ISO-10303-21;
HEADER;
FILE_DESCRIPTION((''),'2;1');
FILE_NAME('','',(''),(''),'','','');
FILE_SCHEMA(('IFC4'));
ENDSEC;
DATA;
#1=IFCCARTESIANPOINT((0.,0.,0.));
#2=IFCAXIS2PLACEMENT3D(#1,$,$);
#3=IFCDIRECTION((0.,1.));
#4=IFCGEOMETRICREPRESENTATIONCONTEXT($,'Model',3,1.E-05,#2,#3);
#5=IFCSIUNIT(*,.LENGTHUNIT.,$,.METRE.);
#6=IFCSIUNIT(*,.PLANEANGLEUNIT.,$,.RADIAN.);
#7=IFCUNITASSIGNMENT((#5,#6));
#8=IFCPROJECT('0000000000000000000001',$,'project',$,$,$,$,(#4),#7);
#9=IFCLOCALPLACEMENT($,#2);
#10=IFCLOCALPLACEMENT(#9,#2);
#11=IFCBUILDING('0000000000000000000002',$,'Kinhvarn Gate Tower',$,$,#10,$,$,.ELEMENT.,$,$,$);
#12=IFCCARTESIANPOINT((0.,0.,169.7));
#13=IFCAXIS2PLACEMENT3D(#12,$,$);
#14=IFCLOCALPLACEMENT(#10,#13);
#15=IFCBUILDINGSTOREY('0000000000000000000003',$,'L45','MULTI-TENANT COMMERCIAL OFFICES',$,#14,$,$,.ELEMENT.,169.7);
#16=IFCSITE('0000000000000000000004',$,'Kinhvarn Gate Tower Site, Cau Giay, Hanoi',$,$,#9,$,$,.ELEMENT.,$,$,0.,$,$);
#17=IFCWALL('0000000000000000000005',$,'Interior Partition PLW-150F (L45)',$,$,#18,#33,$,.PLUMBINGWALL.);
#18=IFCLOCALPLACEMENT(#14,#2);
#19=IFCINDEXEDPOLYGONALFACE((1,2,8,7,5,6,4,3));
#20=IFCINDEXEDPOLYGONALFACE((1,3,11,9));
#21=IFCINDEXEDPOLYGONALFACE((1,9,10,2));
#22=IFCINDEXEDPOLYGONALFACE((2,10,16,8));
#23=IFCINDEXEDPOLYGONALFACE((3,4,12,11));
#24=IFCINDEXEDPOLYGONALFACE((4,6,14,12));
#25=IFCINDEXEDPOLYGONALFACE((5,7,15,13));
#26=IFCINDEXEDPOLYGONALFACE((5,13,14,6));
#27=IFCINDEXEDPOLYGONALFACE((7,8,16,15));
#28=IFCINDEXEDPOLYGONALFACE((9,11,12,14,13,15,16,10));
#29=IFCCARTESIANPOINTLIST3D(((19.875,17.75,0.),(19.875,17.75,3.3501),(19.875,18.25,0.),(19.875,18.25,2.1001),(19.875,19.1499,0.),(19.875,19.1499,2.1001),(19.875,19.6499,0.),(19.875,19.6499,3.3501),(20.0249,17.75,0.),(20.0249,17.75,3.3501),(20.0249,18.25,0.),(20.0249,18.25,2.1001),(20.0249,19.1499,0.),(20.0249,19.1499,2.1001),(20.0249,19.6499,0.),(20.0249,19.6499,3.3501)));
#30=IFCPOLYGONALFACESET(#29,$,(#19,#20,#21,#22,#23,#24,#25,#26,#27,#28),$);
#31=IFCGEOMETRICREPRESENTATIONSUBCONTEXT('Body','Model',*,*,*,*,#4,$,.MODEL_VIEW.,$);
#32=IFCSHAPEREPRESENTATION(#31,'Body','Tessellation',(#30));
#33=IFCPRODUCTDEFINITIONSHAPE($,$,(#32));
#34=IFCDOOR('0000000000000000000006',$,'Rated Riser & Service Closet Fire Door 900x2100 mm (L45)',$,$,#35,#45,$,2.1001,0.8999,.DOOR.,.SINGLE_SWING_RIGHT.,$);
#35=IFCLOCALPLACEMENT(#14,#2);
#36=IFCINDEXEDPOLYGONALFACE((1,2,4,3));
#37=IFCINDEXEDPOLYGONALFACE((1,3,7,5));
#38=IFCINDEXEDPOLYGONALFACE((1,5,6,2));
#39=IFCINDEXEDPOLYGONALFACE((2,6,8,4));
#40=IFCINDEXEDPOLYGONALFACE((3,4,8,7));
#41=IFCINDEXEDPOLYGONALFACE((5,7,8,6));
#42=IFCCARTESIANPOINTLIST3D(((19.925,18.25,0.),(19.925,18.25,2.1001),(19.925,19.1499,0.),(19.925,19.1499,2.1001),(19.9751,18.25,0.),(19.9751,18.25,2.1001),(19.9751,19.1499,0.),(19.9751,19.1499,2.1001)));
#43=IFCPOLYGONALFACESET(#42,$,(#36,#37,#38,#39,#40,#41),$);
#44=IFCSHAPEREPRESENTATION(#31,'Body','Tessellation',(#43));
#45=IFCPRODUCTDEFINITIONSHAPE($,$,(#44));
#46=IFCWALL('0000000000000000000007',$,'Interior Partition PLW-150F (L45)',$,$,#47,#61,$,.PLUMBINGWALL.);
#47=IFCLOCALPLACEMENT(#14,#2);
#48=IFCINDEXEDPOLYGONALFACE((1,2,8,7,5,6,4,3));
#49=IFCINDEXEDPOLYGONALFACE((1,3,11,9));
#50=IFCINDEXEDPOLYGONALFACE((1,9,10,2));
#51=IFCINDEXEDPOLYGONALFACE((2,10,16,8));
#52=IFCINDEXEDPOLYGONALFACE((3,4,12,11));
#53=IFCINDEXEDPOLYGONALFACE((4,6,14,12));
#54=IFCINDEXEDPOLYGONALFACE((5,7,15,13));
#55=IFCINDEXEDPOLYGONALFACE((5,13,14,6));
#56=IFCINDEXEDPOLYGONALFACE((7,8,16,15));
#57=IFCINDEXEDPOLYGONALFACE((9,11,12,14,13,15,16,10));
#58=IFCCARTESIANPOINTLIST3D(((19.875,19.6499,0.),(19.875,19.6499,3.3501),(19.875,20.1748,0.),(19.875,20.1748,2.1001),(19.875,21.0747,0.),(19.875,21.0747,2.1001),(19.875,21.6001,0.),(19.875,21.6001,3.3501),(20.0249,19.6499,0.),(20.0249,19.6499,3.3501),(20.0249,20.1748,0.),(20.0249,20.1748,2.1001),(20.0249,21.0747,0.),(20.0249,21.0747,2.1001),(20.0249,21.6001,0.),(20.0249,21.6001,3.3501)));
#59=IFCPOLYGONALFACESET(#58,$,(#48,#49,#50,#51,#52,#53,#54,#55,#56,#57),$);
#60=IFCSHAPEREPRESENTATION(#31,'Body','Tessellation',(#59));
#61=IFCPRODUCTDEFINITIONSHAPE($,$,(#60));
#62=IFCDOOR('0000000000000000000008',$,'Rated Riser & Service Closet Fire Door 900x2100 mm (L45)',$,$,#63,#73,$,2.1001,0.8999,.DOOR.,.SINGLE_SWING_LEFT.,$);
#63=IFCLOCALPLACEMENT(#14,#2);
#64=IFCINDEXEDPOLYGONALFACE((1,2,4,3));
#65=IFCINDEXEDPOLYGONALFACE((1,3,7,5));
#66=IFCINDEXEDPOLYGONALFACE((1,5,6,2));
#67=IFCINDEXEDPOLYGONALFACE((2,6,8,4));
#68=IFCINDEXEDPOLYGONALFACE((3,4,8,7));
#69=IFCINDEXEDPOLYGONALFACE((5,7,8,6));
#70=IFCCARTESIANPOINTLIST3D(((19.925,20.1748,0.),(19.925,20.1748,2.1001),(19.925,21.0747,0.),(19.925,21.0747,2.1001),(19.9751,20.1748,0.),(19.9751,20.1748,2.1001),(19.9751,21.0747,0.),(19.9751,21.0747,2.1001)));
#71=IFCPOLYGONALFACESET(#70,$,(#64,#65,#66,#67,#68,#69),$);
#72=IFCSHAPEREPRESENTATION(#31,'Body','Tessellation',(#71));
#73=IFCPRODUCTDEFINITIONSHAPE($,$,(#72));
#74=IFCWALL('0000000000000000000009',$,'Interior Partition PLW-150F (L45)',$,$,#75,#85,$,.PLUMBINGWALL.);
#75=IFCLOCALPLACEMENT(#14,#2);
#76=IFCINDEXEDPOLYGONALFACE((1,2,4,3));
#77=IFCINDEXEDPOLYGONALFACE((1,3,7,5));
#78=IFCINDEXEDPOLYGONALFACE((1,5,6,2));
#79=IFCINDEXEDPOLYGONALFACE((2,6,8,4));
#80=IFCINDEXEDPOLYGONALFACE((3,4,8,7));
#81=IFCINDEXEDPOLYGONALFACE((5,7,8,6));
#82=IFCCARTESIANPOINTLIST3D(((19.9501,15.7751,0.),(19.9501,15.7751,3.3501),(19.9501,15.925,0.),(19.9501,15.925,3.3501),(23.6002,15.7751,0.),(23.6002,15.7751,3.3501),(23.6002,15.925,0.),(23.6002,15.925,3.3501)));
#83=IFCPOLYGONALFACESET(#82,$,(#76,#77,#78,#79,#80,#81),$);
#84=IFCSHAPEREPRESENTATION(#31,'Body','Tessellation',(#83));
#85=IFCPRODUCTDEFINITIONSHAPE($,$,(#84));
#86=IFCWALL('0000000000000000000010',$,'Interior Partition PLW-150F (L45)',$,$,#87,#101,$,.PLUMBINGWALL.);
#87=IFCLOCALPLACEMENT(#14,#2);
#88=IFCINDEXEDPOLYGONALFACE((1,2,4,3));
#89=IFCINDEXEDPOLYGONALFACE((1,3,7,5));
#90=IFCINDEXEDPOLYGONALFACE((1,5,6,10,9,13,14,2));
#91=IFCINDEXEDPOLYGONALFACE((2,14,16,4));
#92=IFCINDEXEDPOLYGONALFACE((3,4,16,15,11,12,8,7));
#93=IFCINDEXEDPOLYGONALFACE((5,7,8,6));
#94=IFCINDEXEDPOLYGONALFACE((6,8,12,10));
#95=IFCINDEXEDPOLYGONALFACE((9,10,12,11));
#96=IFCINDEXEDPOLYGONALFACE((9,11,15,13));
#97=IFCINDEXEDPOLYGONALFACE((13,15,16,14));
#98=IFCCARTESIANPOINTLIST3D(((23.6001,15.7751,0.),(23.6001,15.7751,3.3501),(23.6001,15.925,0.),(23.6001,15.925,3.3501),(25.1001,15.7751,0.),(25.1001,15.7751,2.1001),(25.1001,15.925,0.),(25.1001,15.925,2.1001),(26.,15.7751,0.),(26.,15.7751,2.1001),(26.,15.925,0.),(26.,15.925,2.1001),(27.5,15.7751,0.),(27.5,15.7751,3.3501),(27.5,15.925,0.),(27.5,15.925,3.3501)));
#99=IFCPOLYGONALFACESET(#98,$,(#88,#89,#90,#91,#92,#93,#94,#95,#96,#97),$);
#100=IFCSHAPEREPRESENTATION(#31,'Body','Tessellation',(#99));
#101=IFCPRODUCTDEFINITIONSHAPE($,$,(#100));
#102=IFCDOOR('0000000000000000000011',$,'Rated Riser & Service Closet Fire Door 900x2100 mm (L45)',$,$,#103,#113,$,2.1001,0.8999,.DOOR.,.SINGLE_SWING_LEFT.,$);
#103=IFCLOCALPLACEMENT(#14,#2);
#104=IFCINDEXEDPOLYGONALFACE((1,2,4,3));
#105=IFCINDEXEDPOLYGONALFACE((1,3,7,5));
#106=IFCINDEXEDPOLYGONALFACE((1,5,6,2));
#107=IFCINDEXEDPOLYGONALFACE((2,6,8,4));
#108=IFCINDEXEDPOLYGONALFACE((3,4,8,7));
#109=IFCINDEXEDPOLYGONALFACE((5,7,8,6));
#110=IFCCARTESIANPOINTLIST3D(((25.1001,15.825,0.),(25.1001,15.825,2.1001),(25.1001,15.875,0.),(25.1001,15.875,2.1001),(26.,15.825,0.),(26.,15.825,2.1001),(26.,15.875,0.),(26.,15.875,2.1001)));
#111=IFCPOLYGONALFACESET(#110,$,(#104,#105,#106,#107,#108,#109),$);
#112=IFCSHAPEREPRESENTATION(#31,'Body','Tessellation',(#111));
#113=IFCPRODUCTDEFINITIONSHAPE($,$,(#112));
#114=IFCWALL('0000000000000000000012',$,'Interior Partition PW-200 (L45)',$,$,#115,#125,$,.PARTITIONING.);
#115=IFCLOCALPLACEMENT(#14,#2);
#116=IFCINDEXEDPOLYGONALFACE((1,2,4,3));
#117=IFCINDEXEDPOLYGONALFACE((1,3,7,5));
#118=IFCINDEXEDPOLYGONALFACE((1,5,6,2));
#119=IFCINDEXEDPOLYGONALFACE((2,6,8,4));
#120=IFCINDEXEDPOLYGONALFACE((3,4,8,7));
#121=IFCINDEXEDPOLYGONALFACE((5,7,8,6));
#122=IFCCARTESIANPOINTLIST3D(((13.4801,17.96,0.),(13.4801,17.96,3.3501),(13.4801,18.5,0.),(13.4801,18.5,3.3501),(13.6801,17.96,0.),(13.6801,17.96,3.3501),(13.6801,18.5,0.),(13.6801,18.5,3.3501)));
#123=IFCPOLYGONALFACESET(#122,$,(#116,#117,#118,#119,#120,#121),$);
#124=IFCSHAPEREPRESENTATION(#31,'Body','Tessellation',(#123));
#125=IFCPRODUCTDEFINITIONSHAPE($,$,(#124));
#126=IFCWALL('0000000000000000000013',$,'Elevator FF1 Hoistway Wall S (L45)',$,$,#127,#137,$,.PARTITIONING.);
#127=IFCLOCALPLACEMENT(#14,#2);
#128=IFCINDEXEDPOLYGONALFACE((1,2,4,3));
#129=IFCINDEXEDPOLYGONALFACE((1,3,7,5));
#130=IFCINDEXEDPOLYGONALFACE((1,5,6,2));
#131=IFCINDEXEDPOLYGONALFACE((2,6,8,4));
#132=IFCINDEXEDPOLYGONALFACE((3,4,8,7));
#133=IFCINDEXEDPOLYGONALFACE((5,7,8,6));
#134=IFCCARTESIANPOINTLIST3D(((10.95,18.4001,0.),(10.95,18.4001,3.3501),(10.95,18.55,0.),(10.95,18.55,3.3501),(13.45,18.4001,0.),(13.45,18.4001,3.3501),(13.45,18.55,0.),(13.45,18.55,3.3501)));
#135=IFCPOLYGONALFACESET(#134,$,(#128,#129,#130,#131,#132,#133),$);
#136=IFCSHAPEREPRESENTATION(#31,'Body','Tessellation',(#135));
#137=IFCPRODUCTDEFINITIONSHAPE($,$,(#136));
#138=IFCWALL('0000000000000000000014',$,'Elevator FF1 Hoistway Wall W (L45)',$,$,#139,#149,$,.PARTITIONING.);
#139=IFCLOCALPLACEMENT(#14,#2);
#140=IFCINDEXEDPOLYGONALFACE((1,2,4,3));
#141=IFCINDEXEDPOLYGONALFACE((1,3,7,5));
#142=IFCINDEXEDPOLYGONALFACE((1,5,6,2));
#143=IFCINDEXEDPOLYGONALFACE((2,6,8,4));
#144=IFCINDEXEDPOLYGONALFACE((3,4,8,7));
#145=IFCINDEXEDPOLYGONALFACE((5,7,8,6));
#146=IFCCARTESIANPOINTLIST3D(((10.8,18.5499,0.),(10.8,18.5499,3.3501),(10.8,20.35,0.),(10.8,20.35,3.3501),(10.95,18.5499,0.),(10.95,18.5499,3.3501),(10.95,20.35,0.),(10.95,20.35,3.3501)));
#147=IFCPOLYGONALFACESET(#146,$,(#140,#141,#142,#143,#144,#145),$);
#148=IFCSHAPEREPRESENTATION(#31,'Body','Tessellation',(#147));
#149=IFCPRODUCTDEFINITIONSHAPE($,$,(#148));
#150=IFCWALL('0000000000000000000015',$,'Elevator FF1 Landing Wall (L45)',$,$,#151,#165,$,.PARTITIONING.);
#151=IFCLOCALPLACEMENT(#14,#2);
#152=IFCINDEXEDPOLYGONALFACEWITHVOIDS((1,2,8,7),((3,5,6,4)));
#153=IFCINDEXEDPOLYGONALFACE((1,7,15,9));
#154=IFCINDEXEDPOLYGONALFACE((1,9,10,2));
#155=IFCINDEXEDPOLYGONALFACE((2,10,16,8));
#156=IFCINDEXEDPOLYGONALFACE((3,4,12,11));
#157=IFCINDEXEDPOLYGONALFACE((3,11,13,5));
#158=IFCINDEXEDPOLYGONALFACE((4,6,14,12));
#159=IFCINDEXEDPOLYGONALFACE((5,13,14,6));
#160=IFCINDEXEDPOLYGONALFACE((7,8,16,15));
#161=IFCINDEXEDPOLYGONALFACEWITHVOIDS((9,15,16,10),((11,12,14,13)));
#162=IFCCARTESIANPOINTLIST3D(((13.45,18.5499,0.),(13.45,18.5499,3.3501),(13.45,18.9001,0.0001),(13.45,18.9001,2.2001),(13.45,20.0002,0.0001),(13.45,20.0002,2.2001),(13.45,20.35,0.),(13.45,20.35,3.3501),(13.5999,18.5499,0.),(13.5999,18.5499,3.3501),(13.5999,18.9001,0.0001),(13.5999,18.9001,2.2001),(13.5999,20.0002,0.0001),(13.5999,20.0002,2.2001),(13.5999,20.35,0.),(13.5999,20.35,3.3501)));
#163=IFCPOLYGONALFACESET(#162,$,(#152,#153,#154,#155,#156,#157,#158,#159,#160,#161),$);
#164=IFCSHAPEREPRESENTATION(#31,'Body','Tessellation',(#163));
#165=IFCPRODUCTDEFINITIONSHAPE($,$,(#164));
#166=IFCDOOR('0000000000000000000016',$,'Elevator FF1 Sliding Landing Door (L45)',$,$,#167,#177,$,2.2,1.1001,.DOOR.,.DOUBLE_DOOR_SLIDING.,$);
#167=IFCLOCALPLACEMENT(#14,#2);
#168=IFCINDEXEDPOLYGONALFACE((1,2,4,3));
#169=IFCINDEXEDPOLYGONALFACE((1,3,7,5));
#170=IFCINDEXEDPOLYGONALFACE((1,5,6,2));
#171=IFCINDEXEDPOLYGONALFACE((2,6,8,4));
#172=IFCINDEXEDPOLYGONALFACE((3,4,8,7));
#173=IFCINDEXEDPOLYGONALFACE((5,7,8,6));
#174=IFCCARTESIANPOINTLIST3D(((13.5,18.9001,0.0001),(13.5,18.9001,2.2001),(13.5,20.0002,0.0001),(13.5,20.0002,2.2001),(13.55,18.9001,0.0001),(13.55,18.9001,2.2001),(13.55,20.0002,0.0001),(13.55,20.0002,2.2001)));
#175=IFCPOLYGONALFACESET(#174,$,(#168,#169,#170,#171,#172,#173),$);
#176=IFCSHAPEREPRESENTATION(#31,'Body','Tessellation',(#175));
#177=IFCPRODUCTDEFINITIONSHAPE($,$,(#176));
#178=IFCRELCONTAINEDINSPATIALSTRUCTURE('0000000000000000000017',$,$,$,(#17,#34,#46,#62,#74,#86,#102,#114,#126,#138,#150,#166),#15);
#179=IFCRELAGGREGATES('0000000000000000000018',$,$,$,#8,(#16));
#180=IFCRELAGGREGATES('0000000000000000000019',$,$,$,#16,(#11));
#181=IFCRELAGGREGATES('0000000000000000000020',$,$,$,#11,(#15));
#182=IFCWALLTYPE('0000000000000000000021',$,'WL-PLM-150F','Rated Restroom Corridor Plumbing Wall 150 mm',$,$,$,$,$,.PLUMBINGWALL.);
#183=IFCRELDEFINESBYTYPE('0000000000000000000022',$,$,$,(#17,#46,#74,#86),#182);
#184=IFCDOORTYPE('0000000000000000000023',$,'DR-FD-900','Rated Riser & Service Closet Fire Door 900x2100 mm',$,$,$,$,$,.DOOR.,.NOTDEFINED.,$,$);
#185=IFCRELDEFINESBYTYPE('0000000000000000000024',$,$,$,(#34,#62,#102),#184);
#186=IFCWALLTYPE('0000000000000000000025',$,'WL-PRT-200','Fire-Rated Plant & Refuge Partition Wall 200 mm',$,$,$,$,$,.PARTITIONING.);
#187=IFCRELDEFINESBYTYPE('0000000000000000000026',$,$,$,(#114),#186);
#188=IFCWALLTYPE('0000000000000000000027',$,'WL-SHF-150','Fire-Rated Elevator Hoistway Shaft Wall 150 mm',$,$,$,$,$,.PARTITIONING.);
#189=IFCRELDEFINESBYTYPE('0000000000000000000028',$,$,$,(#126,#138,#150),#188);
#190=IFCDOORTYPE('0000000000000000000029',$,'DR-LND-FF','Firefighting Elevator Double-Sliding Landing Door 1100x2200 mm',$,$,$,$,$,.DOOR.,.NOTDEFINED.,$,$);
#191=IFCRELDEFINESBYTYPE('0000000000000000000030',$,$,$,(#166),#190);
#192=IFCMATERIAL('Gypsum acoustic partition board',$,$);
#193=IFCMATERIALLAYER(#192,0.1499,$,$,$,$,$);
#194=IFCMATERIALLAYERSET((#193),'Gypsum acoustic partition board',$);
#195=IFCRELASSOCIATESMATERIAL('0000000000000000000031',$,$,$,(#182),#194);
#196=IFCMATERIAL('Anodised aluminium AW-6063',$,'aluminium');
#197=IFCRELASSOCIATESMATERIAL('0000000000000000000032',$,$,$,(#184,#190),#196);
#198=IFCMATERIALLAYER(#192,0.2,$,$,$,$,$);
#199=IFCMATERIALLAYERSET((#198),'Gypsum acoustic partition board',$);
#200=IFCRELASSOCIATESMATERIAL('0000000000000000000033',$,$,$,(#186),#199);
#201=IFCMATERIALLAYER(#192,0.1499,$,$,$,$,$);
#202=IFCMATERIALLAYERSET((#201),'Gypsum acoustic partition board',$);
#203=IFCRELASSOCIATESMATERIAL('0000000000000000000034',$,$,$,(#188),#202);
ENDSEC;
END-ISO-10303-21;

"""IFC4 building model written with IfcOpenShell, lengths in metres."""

from ifc_helpers import new_model, si_unit, direction, frame, frame_2d, origin, place, context, subcontext, project, spatial, rectangle, extrude, material, layer, layer_set, type_object, element, fill, save


model = new_model("IFC4")

# Units and contexts
model_context = context("Model", 3, precision=1e-05, world=origin(), true_north=direction((0.0, 1.0)))
body_context = subcontext(model_context, "Body", "Model", "MODEL_VIEW")
ifc_project = project(units=[si_unit("LENGTHUNIT", "METRE"), si_unit("PLANEANGLEUNIT", "RADIAN")], contexts=[model_context])

# Site, building, storey
site_placement = place(None, origin())
site = spatial("IfcSite", under=ifc_project, at=site_placement, Name="Kinhvarn Gate Tower Site, Cau Giay, Hanoi", CompositionType="ELEMENT", RefElevation=0.0)
building_placement = place(site_placement, origin())
building = spatial("IfcBuilding", under=site, at=building_placement, Name="Kinhvarn Gate Tower", CompositionType="ELEMENT")
storey_placement = place(building_placement, frame((0.0, 0.0, 169.7)))
storey = spatial("IfcBuildingStorey", under=building, at=storey_placement, Name="L45", Description="MULTI-TENANT COMMERCIAL OFFICES", CompositionType="ELEMENT", Elevation=169.7)

# Shared definitions
ifc_material_1 = material(Name="Anodised aluminium AW-6063", Category="aluminium")

# Shared definitions
ifc_material_2 = material(Name="Gypsum acoustic partition board")

# Walls, openings, doors
ifc_layer_1 = layer(ifc_material_2, 0.1499)
ifc_layer_set_1 = layer_set([ifc_layer_1], Name="Gypsum acoustic partition board")
wall_type_1 = type_object("IfcWallType", Name="WL-PLM-150F", Description="Rated Restroom Corridor Plumbing Wall 150 mm", PredefinedType="PLUMBINGWALL", material=ifc_layer_set_1)
door_type_1 = type_object("IfcDoorType", Name="DR-FD-900", Description="Rated Riser & Service Closet Fire Door 900x2100 mm", OperationType="NOTDEFINED", PredefinedType="DOOR", material=ifc_material_1)
wall_1_placement = place(storey_placement, frame((19.95, 17.75, 0.0), z_axis=(0.0, 0.0, 1.0), x_axis=(0.0, 1.0, 0.0)))
wall_1 = element("IfcWall", 1, at=wall_1_placement, inside=storey, type_object=wall_type_1, Name="Interior Partition PLW-150F (L45)", PredefinedType="PLUMBINGWALL", context=body_context, shape_type="SweptSolid", body=[
    extrude(rectangle(XDim=1.8999, YDim=0.1499, at=frame_2d((0.95, 0.0))), origin(), (0.0, 0.0, 1.0), 3.3501),
])
opening_1_placement = place(wall_1_placement, frame((0.5, 0.0, 0.0)))
opening_1 = element("IfcOpeningElement", 2, at=opening_1_placement, cuts=wall_1, PredefinedType="OPENING", context=body_context, shape_type="SweptSolid", body=[
    extrude(rectangle(XDim=0.8999, YDim=2.1001, at=frame_2d((0.45, 1.05))), frame((0.0, 0.085, 0.0), z_axis=(0.0, -1.0, 0.0), x_axis=(1.0, 0.0, 0.0)), (0.0, 0.0, 1.0), 0.1699),
])
door_1_placement = place(opening_1_placement, origin())
door_1 = element("IfcDoor", 3, at=door_1_placement, inside=storey, type_object=door_type_1, Name="Rated Riser & Service Closet Fire Door 900x2100 mm (L45)", OperationType="SINGLE_SWING_RIGHT", OverallHeight=2.1001, OverallWidth=0.8999, PredefinedType="DOOR", context=body_context, shape_type="SweptSolid", body=[
    extrude(rectangle(XDim=0.8999, YDim=2.1001, at=frame_2d((0.45, 1.05))), frame((0.0, 0.0249, 0.0), z_axis=(0.0, -1.0, 0.0), x_axis=(1.0, 0.0, 0.0)), (0.0, 0.0, 1.0), 0.05),
])
fill(opening_1, door_1)
wall_2_placement = place(storey_placement, frame((19.95, 19.6499, 0.0), z_axis=(0.0, 0.0, 1.0), x_axis=(0.0, 1.0, 0.0)))
wall_2 = element("IfcWall", 4, at=wall_2_placement, inside=storey, type_object=wall_type_1, Name="Interior Partition PLW-150F (L45)", PredefinedType="PLUMBINGWALL", context=body_context, shape_type="SweptSolid", body=[
    extrude(rectangle(XDim=1.9502, YDim=0.1499, at=frame_2d((0.9751, 0.0))), origin(), (0.0, 0.0, 1.0), 3.3501),
])
opening_2_placement = place(wall_2_placement, frame((0.5249, 0.0, 0.0)))
opening_2 = element("IfcOpeningElement", 5, at=opening_2_placement, cuts=wall_2, PredefinedType="OPENING", context=body_context, shape_type="SweptSolid", body=[
    extrude(rectangle(XDim=0.8999, YDim=2.1001, at=frame_2d((0.45, 1.05))), frame((0.0, 0.085, 0.0), z_axis=(0.0, -1.0, 0.0), x_axis=(1.0, 0.0, 0.0)), (0.0, 0.0, 1.0), 0.1699),
])
door_2_placement = place(opening_2_placement, origin())
door_2 = element("IfcDoor", 6, at=door_2_placement, inside=storey, type_object=door_type_1, Name="Rated Riser & Service Closet Fire Door 900x2100 mm (L45)", OperationType="SINGLE_SWING_LEFT", OverallHeight=2.1001, OverallWidth=0.8999, PredefinedType="DOOR", context=body_context, shape_type="SweptSolid", body=[
    extrude(rectangle(XDim=0.8999, YDim=2.1001, at=frame_2d((0.45, 1.05))), frame((0.0, 0.0249, 0.0), z_axis=(0.0, -1.0, 0.0), x_axis=(1.0, 0.0, 0.0)), (0.0, 0.0, 1.0), 0.05),
])
fill(opening_2, door_2)

# Wall
wall_3_placement = place(storey_placement, frame((19.95, 15.8501, 0.0), z_axis=(0.0, 0.0, 1.0), x_axis=(1.0, 0.0, 0.0)))
element("IfcWall", 7, at=wall_3_placement, inside=storey, type_object=wall_type_1, Name="Interior Partition PLW-150F (L45)", PredefinedType="PLUMBINGWALL", context=body_context, shape_type="SweptSolid", body=[
    extrude(rectangle(XDim=3.6501, YDim=0.1499, at=frame_2d((1.8252, 0.0))), origin(), (0.0, 0.0, 1.0), 3.3501),
])

# Wall, opening, door
wall_4_placement = place(storey_placement, frame((23.6001, 15.8501, 0.0), z_axis=(0.0, 0.0, 1.0), x_axis=(1.0, 0.0, 0.0)))
wall_4 = element("IfcWall", 8, at=wall_4_placement, inside=storey, type_object=wall_type_1, Name="Interior Partition PLW-150F (L45)", PredefinedType="PLUMBINGWALL", context=body_context, shape_type="SweptSolid", body=[
    extrude(rectangle(XDim=3.8999, YDim=0.1499, at=frame_2d((1.95, 0.0))), origin(), (0.0, 0.0, 1.0), 3.3501),
])
opening_3_placement = place(wall_4_placement, frame((1.5, 0.0, 0.0)))
opening_3 = element("IfcOpeningElement", 9, at=opening_3_placement, cuts=wall_4, PredefinedType="OPENING", context=body_context, shape_type="SweptSolid", body=[
    extrude(rectangle(XDim=0.8999, YDim=2.1001, at=frame_2d((0.45, 1.05))), frame((0.0, 0.085, 0.0), z_axis=(0.0, -1.0, 0.0), x_axis=(1.0, 0.0, 0.0)), (0.0, 0.0, 1.0), 0.1699),
])
door_3_placement = place(opening_3_placement, origin())
door_3 = element("IfcDoor", 10, at=door_3_placement, inside=storey, type_object=door_type_1, Name="Rated Riser & Service Closet Fire Door 900x2100 mm (L45)", OperationType="SINGLE_SWING_LEFT", OverallHeight=2.1001, OverallWidth=0.8999, PredefinedType="DOOR", context=body_context, shape_type="SweptSolid", body=[
    extrude(rectangle(XDim=0.8999, YDim=2.1001, at=frame_2d((0.45, 1.05))), frame((0.0, 0.0249, 0.0), z_axis=(0.0, -1.0, 0.0), x_axis=(1.0, 0.0, 0.0)), (0.0, 0.0, 1.0), 0.05),
])
fill(opening_3, door_3)

# Walls
ifc_layer_2 = layer(ifc_material_2, 0.2)
ifc_layer_set_2 = layer_set([ifc_layer_2], Name="Gypsum acoustic partition board")
wall_type_2 = type_object("IfcWallType", Name="WL-PRT-200", Description="Fire-Rated Plant & Refuge Partition Wall 200 mm", PredefinedType="PARTITIONING", material=ifc_layer_set_2)
wall_5_placement = place(storey_placement, frame((13.5801, 17.96, 0.0), z_axis=(0.0, 0.0, 1.0), x_axis=(0.0, 1.0, 0.0)))
element("IfcWall", 11, at=wall_5_placement, inside=storey, type_object=wall_type_2, Name="Interior Partition PW-200 (L45)", PredefinedType="PARTITIONING", context=body_context, shape_type="SweptSolid", body=[
    extrude(rectangle(XDim=0.54, YDim=0.2, at=frame_2d((0.27, 0.0))), origin(), (0.0, 0.0, 1.0), 3.3501),
])
ifc_layer_3 = layer(ifc_material_2, 0.1499)
ifc_layer_set_3 = layer_set([ifc_layer_3], Name="Gypsum acoustic partition board")
wall_type_3 = type_object("IfcWallType", Name="WL-SHF-150", Description="Fire-Rated Elevator Hoistway Shaft Wall 150 mm", PredefinedType="PARTITIONING", material=ifc_layer_set_3)
wall_6_placement = place(storey_placement, frame((10.95, 18.4751, 0.0), z_axis=(0.0, 0.0, 1.0), x_axis=(1.0, 0.0, 0.0)))
element("IfcWall", 12, at=wall_6_placement, inside=storey, type_object=wall_type_3, Name="Elevator FF1 Hoistway Wall S (L45)", PredefinedType="PARTITIONING", context=body_context, shape_type="SweptSolid", body=[
    extrude(rectangle(XDim=2.5, YDim=0.1499, at=frame_2d((1.25, 0.0))), origin(), (0.0, 0.0, 1.0), 3.3501),
])
wall_7_placement = place(storey_placement, frame((10.875, 18.55, 0.0), z_axis=(0.0, 0.0, 1.0), x_axis=(0.0, 1.0, 0.0)))
element("IfcWall", 13, at=wall_7_placement, inside=storey, type_object=wall_type_3, Name="Elevator FF1 Hoistway Wall W (L45)", PredefinedType="PARTITIONING", context=body_context, shape_type="SweptSolid", body=[
    extrude(rectangle(XDim=1.8, YDim=0.1499, at=frame_2d((0.8999, 0.0))), origin(), (0.0, 0.0, 1.0), 3.3501),
])

# Wall, opening, door
wall_8_placement = place(storey_placement, frame((13.5249, 18.55, 0.0), z_axis=(0.0, 0.0, 1.0), x_axis=(0.0, 1.0, 0.0)))
wall_8 = element("IfcWall", 14, at=wall_8_placement, inside=storey, type_object=wall_type_3, Name="Elevator FF1 Landing Wall (L45)", PredefinedType="PARTITIONING", context=body_context, shape_type="SweptSolid", body=[
    extrude(rectangle(XDim=1.8, YDim=0.1499, at=frame_2d((0.8999, 0.0))), origin(), (0.0, 0.0, 1.0), 3.3501),
])
opening_4_placement = place(wall_8_placement, frame((0.3501, 0.0, 0.0)))
opening_4 = element("IfcOpeningElement", 15, at=opening_4_placement, cuts=wall_8, PredefinedType="OPENING", context=body_context, shape_type="SweptSolid", body=[
    extrude(rectangle(XDim=1.1001, YDim=2.2, at=frame_2d((0.55, 1.1001))), frame((0.0, 0.085, 0.0), z_axis=(0.0, -1.0, 0.0), x_axis=(1.0, 0.0, 0.0)), (0.0, 0.0, 1.0), 0.1699),
])
door_type_2 = type_object("IfcDoorType", Name="DR-LND-FF", Description="Firefighting Elevator Double-Sliding Landing Door 1100x2200 mm", OperationType="NOTDEFINED", PredefinedType="DOOR", material=ifc_material_1)
door_4_placement = place(opening_4_placement, origin())
door_4 = element("IfcDoor", 16, at=door_4_placement, inside=storey, type_object=door_type_2, Name="Elevator FF1 Sliding Landing Door (L45)", OperationType="DOUBLE_DOOR_SLIDING", OverallHeight=2.2, OverallWidth=1.1001, PredefinedType="DOOR", context=body_context, shape_type="SweptSolid", body=[
    extrude(rectangle(XDim=1.1001, YDim=2.2, at=frame_2d((0.55, 1.1001))), frame((0.0, 0.0249, 0.0), z_axis=(0.0, -1.0, 0.0), x_axis=(1.0, 0.0, 0.0)), (0.0, 0.0, 1.0), 0.05),
])
fill(opening_4, door_4)

save(model, "model.ifc")
